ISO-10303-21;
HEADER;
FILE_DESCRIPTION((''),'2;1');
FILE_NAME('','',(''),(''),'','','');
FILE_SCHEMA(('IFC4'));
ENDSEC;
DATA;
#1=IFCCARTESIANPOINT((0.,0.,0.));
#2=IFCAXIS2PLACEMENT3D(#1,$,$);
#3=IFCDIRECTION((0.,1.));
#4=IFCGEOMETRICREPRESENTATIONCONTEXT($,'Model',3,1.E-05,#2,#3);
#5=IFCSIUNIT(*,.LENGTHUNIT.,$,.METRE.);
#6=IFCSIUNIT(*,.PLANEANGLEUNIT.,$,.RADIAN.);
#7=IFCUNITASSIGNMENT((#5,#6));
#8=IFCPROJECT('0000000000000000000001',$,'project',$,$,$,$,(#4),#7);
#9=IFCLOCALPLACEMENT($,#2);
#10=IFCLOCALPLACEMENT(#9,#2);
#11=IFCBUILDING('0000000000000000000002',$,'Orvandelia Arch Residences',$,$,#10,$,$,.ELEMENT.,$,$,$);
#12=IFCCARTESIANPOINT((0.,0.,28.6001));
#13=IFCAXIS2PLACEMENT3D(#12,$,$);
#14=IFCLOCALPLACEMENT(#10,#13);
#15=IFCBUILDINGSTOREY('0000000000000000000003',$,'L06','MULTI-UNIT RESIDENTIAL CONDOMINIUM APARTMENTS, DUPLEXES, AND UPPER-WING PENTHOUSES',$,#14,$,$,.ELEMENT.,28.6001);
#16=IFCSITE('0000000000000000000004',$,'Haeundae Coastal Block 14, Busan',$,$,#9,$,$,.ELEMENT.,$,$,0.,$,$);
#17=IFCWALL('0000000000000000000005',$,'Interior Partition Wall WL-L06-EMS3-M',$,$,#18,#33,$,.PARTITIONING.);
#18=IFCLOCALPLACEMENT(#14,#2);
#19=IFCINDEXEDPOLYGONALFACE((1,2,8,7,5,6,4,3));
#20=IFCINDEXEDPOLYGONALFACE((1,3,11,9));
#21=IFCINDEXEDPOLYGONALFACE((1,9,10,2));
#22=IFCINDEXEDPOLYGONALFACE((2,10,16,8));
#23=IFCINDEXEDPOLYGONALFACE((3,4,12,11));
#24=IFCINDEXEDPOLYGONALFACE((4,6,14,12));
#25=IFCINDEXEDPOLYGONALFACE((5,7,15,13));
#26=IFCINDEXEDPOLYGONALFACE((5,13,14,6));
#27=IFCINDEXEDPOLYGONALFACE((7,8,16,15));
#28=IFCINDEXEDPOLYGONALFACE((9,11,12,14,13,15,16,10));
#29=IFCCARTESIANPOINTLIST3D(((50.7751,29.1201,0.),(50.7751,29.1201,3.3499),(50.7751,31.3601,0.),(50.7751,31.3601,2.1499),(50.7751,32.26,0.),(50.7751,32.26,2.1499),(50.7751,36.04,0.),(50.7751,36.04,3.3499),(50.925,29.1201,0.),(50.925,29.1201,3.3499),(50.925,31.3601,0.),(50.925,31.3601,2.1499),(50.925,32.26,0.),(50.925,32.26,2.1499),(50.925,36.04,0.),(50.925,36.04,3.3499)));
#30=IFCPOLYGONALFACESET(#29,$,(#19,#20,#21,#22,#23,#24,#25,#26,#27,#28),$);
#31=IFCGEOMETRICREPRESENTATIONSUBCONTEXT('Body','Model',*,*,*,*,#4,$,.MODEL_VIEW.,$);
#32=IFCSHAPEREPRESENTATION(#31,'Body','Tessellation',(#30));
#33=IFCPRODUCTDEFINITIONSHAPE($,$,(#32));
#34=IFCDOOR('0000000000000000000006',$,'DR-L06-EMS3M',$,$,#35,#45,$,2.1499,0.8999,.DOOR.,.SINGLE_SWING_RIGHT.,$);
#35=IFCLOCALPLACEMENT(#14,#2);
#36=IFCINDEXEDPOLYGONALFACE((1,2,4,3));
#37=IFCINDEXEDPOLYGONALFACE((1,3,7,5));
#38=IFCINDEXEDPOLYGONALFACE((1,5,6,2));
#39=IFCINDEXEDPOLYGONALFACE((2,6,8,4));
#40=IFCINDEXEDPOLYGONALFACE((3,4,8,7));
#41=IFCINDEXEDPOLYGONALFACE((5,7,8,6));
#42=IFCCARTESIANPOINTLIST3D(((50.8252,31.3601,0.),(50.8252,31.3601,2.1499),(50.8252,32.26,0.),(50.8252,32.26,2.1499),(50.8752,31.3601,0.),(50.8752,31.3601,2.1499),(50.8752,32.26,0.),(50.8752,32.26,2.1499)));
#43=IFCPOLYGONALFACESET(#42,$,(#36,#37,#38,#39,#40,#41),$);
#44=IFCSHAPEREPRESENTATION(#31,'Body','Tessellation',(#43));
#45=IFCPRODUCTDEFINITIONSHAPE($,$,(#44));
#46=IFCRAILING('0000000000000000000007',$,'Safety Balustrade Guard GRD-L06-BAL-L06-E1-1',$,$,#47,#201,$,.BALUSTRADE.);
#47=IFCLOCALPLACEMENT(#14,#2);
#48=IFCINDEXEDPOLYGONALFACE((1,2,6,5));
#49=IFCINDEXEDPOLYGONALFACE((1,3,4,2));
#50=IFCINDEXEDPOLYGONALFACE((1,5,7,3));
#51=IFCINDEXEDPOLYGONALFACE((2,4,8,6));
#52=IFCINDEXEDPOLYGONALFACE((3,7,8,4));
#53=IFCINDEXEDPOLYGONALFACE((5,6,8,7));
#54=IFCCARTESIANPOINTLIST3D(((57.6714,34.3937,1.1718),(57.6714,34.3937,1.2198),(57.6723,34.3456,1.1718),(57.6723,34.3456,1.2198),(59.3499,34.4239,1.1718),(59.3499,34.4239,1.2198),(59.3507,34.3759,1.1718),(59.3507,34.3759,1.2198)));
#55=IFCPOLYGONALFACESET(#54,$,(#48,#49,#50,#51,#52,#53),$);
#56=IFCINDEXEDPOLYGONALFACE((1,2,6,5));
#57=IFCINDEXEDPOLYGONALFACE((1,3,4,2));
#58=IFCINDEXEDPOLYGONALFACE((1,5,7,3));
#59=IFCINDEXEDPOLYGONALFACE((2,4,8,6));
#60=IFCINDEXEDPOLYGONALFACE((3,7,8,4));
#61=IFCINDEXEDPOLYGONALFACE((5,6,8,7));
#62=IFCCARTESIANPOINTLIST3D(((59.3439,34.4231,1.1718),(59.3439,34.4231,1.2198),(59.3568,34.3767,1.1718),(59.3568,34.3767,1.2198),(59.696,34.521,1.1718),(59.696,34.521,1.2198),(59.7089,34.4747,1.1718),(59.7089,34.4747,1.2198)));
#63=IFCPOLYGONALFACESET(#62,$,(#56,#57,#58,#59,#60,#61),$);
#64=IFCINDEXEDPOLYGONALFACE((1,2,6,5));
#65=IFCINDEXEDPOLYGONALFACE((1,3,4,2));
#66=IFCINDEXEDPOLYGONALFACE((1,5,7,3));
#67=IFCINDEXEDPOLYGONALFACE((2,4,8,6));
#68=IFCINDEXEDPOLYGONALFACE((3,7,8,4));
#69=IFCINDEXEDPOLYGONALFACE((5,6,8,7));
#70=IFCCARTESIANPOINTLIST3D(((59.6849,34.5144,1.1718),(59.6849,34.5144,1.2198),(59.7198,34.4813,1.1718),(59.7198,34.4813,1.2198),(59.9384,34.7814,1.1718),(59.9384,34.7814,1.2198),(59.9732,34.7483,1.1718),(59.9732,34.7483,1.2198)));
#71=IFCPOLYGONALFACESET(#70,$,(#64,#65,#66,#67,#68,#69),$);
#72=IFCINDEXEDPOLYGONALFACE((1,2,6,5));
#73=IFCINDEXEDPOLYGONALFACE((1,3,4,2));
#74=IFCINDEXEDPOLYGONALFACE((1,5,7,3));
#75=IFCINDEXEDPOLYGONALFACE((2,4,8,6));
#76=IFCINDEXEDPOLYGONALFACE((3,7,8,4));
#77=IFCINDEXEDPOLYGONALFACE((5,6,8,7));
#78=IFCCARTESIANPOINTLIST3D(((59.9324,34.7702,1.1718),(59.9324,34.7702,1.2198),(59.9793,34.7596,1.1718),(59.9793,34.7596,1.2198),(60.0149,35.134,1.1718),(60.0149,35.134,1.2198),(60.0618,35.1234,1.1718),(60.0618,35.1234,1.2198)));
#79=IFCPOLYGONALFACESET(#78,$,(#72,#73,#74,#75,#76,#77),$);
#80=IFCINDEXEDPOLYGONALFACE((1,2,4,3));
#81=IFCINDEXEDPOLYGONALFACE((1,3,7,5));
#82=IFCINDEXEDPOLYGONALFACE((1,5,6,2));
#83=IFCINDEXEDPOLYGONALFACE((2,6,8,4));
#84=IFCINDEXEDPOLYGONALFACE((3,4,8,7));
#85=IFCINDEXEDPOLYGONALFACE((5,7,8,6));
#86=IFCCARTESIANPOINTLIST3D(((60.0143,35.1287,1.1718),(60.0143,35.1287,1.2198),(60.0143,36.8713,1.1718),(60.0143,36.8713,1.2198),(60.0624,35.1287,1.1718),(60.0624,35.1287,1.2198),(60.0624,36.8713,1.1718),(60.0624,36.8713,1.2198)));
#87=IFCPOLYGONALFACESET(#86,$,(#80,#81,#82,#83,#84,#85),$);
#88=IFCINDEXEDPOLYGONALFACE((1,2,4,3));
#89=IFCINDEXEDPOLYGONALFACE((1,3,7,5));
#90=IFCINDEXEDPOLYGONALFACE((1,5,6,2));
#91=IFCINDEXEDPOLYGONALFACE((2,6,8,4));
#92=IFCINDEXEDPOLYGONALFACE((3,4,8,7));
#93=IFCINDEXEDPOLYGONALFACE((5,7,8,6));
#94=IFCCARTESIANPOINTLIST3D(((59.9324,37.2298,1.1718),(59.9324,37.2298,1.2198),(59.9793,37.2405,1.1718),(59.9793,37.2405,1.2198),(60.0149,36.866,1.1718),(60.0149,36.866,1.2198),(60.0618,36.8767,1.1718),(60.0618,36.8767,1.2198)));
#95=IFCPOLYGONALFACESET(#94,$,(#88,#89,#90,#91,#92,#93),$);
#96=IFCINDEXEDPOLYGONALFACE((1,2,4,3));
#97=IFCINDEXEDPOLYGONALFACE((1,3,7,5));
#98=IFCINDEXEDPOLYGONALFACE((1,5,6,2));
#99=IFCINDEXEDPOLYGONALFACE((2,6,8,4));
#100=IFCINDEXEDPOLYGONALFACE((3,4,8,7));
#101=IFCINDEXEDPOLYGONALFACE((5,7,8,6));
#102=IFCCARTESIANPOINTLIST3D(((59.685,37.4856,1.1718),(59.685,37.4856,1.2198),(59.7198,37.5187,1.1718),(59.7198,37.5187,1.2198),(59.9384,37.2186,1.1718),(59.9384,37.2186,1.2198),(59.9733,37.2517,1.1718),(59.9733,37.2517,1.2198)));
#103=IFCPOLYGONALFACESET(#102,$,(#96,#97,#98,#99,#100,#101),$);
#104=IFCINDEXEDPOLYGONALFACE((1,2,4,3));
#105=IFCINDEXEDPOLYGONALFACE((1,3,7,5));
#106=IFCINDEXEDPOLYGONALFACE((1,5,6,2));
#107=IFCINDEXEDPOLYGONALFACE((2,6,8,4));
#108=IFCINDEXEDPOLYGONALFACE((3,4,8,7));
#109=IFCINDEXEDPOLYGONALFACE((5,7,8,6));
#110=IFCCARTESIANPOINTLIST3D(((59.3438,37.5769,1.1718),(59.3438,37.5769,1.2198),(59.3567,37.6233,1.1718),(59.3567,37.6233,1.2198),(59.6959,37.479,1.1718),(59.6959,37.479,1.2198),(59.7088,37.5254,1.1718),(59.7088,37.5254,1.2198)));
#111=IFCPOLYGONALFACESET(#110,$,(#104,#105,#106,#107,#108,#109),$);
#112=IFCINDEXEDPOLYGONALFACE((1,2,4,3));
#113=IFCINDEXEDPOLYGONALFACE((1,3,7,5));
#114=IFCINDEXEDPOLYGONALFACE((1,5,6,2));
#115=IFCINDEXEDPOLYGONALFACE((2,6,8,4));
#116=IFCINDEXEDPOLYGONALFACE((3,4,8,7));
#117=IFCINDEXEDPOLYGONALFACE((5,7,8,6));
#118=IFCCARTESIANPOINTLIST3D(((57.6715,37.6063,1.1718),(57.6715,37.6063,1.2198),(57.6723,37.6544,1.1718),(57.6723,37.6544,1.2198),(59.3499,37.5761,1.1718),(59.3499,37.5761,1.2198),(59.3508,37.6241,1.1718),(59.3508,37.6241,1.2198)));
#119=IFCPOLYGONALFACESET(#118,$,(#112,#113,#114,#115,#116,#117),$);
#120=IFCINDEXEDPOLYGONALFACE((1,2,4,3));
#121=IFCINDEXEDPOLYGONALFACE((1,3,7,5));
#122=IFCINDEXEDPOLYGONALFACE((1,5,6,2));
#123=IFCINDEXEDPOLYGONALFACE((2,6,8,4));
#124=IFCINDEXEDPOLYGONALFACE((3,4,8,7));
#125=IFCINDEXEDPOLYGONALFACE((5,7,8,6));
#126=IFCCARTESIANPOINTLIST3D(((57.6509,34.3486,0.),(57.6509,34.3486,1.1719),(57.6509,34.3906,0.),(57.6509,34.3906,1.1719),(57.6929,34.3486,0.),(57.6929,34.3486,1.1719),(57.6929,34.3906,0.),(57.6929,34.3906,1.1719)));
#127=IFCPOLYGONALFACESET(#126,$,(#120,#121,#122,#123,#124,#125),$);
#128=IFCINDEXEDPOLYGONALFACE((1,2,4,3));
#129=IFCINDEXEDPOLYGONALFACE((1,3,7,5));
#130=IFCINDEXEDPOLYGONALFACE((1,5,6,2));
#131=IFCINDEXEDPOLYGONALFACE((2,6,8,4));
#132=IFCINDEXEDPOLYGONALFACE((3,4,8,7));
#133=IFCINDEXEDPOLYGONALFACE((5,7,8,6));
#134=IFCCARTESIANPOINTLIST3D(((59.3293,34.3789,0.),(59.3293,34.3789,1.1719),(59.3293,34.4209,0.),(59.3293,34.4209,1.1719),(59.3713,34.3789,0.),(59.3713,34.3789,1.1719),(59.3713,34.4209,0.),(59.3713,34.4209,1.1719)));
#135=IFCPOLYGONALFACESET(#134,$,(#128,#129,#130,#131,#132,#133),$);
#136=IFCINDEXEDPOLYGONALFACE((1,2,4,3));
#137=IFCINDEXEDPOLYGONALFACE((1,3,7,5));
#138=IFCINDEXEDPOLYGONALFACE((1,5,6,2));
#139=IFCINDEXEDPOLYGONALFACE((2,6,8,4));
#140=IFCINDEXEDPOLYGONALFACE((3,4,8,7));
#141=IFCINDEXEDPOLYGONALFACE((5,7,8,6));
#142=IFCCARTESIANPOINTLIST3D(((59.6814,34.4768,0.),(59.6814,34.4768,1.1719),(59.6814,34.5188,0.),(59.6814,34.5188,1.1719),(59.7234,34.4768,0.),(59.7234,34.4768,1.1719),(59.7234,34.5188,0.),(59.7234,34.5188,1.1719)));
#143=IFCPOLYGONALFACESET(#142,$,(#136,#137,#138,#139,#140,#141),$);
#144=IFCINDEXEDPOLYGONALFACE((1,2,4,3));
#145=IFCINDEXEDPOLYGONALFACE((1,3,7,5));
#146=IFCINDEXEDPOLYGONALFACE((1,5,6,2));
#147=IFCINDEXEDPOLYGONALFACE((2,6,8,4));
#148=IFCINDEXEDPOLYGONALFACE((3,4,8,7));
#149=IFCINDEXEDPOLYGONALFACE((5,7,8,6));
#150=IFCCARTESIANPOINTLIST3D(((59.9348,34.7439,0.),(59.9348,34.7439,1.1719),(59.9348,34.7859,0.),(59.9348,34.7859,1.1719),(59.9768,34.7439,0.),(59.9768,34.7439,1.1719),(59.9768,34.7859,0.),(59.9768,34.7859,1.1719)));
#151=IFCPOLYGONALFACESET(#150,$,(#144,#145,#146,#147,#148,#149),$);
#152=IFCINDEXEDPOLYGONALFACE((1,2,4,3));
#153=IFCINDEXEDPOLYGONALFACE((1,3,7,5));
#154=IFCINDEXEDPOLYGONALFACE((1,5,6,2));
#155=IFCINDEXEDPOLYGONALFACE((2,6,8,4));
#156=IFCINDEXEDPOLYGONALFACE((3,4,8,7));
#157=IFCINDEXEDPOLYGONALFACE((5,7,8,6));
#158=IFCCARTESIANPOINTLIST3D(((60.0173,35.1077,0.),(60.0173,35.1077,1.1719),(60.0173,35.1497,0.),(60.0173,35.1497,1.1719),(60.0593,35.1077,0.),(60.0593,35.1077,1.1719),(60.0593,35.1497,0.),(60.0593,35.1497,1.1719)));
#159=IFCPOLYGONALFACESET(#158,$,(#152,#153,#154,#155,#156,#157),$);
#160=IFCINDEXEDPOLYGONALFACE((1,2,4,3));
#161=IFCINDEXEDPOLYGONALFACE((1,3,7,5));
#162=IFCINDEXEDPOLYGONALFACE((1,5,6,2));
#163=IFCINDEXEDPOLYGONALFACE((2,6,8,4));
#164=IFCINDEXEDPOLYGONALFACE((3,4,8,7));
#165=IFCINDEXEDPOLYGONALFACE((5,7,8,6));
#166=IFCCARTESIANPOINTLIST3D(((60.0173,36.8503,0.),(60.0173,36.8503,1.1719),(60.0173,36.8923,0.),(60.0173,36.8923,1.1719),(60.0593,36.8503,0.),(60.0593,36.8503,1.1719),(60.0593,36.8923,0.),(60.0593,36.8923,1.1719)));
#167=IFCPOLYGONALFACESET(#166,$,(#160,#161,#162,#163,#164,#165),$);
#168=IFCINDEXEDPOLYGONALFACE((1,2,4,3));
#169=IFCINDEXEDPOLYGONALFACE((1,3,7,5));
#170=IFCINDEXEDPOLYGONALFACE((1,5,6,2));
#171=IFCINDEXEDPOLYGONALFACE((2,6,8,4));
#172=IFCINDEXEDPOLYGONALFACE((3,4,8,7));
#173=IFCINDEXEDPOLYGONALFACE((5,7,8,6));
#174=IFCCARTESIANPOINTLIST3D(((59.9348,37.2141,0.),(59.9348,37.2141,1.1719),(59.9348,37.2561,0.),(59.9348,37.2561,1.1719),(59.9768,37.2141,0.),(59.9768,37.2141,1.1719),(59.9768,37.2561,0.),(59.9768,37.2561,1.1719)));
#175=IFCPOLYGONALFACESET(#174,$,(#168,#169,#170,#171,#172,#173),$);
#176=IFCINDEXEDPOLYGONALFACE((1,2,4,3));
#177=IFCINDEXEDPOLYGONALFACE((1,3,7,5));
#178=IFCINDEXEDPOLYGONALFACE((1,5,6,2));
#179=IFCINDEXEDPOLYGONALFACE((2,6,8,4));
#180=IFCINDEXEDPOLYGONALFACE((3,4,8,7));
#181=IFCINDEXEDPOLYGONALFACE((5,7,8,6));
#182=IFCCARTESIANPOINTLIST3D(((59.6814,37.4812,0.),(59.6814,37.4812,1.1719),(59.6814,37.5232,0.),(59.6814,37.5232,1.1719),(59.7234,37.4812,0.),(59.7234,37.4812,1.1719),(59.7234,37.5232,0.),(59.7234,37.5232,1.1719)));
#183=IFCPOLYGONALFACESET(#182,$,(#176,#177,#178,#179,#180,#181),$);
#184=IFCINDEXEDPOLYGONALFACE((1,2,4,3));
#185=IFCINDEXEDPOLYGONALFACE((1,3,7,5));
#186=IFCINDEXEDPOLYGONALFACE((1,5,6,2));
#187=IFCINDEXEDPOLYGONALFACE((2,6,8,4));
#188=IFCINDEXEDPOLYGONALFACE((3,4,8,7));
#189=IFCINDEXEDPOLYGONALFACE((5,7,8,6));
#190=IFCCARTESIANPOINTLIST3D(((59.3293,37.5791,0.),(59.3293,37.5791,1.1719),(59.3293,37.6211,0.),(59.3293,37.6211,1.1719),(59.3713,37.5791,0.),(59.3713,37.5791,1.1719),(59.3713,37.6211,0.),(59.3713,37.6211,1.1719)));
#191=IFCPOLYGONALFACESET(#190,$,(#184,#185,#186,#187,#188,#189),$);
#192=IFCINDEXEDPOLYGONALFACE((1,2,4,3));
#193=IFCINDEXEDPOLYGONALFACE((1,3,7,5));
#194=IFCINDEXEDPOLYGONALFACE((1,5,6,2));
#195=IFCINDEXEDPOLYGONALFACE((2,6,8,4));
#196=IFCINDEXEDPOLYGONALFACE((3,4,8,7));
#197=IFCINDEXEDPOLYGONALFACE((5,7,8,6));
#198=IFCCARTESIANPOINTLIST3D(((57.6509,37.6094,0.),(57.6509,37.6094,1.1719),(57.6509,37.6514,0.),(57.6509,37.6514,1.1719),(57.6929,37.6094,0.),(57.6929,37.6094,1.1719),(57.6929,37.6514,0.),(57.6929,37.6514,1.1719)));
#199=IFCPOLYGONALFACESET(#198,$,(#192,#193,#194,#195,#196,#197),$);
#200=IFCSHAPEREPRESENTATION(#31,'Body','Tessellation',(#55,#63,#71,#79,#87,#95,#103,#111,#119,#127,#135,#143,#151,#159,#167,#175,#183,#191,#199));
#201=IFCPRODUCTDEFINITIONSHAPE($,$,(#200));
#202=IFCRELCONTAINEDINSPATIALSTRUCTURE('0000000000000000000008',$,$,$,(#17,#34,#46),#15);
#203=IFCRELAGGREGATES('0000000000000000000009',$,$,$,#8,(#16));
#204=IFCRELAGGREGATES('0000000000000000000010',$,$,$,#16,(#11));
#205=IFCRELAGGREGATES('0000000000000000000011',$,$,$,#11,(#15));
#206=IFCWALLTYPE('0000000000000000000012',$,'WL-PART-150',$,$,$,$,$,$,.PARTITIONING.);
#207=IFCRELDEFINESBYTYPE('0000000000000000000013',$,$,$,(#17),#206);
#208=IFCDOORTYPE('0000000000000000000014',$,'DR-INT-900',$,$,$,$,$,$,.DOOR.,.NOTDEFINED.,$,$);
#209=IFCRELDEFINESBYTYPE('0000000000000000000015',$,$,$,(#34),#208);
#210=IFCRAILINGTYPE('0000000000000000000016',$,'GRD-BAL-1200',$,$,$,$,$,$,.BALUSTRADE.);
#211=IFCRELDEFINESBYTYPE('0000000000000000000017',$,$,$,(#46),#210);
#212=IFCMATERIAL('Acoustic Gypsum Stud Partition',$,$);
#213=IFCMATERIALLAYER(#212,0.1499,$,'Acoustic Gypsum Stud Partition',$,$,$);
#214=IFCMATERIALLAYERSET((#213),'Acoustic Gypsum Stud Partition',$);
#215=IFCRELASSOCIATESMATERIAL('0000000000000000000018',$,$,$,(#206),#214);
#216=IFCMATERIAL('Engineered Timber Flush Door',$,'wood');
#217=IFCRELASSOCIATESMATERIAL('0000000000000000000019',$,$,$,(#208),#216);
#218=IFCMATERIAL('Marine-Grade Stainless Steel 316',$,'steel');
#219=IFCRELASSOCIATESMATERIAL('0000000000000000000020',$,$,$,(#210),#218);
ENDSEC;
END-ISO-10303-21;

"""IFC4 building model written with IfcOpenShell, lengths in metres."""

from ifc_helpers import new_model, si_unit, direction, frame, frame_2d, origin, origin_2d, place, context, subcontext, project, spatial, rectangle, extrude, material, layer, layer_set, type_object, element, fill, save


model = new_model("IFC4")

# Units and contexts
model_context = context("Model", 3, precision=1e-05, world=origin(), true_north=direction((0.0, 1.0)))
body_context = subcontext(model_context, "Body", "Model", "MODEL_VIEW")
ifc_project = project(units=[si_unit("LENGTHUNIT", "METRE"), si_unit("PLANEANGLEUNIT", "RADIAN")], contexts=[model_context])

# Site, building, storey
site_placement = place(None, origin())
site = spatial("IfcSite", under=ifc_project, at=site_placement, Name="Haeundae Coastal Block 14, Busan", CompositionType="ELEMENT", RefElevation=0.0)
building_placement = place(site_placement, origin())
building = spatial("IfcBuilding", under=site, at=building_placement, Name="Orvandelia Arch Residences", CompositionType="ELEMENT")
storey_placement = place(building_placement, frame((0.0, 0.0, 28.6001)))
storey = spatial("IfcBuildingStorey", under=building, at=storey_placement, Name="L06", Description="MULTI-UNIT RESIDENTIAL CONDOMINIUM APARTMENTS, DUPLEXES, AND UPPER-WING PENTHOUSES", CompositionType="ELEMENT", Elevation=28.6001)

# Wall, opening, door
ifc_material_1 = material(Name="Acoustic Gypsum Stud Partition")
ifc_layer_1 = layer(ifc_material_1, 0.1499, Name="Acoustic Gypsum Stud Partition")
ifc_layer_set_1 = layer_set([ifc_layer_1], Name="Acoustic Gypsum Stud Partition")
wall_type_1 = type_object("IfcWallType", Name="WL-PART-150", PredefinedType="PARTITIONING", material=ifc_layer_set_1)
wall_1_placement = place(storey_placement, frame((50.8501, 29.1201, 0.0), z_axis=(0.0, 0.0, 1.0), x_axis=(0.0, 1.0, 0.0)))
wall_1 = element("IfcWall", 1, at=wall_1_placement, inside=storey, type_object=wall_type_1, Name="Interior Partition Wall WL-L06-EMS3-M", PredefinedType="PARTITIONING", context=body_context, shape_type="SweptSolid", body=[
    extrude(rectangle(XDim=6.9199, YDim=0.1499, at=frame_2d((3.46, 0.0))), origin(), (0.0, 0.0, 1.0), 3.3499),
])
opening_1_placement = place(wall_1_placement, frame((2.24, 0.0, 0.0)))
opening_1 = element("IfcOpeningElement", 2, at=opening_1_placement, cuts=wall_1, PredefinedType="OPENING", context=body_context, shape_type="SweptSolid", body=[
    extrude(rectangle(XDim=0.8999, YDim=2.1499, at=frame_2d((0.45, 1.075))), frame((0.0, 0.085, 0.0), z_axis=(0.0, -1.0, 0.0), x_axis=(1.0, 0.0, 0.0)), (0.0, 0.0, 1.0), 0.1699),
])
ifc_material_2 = material(Name="Engineered Timber Flush Door", Category="wood")
door_type = type_object("IfcDoorType", Name="DR-INT-900", OperationType="NOTDEFINED", PredefinedType="DOOR", material=ifc_material_2)
door_placement = place(opening_1_placement, origin())
door = element("IfcDoor", 3, at=door_placement, inside=storey, type_object=door_type, Name="DR-L06-EMS3M", OperationType="SINGLE_SWING_RIGHT", OverallHeight=2.1499, OverallWidth=0.8999, PredefinedType="DOOR", context=body_context, shape_type="SweptSolid", body=[
    extrude(rectangle(XDim=0.8999, YDim=2.1499, at=frame_2d((0.45, 1.075))), frame((0.0, 0.0249, 0.0), z_axis=(0.0, -1.0, 0.0), x_axis=(1.0, 0.0, 0.0)), (0.0, 0.0, 1.0), 0.05),
])
fill(opening_1, door)

# Railing
ifc_material_3 = material(Name="Marine-Grade Stainless Steel 316", Category="steel")
railing_type = type_object("IfcRailingType", Name="GRD-BAL-1200", PredefinedType="BALUSTRADE", material=ifc_material_3)
railing_placement = place(storey_placement, frame((57.6719, 34.3696, 0.0)))
element("IfcRailing", 4, at=railing_placement, inside=storey, type_object=railing_type, Name="Safety Balustrade Guard GRD-L06-BAL-L06-E1-1", PredefinedType="BALUSTRADE", context=body_context, shape_type="SweptSolid", body=[
    extrude(rectangle(XDim=0.0481, YDim=0.0481, at=origin_2d()), frame((0.0, 0.0, 1.1958), z_axis=(0.999837, 0.018033, 0.0), x_axis=(-0.018033, 0.999837, 0.0)), (0.0, 0.0, 1.0), 1.6787),
    extrude(rectangle(XDim=0.0481, YDim=0.0481, at=origin_2d()), frame((1.6785, 0.0303, 1.1958), z_axis=(0.963441, 0.26792, 0.0), x_axis=(-0.26792, 0.963441, 0.0)), (0.0, 0.0, 1.0), 0.3655),
    extrude(rectangle(XDim=0.0481, YDim=0.0481, at=origin_2d()), frame((2.0305, 0.1282, 1.1958), z_axis=(0.688296, 0.72543, 0.0), x_axis=(-0.72543, 0.688296, 0.0)), (0.0, 0.0, 1.0), 0.3682),
    extrude(rectangle(XDim=0.0481, YDim=0.0481, at=origin_2d()), frame((2.2839, 0.3953, 1.1958), z_axis=(0.221225, 0.975223, 0.0), x_axis=(-0.975223, 0.221225, 0.0)), (0.0, 0.0, 1.0), 0.373),
    extrude(rectangle(XDim=0.0481, YDim=0.0481, at=origin_2d()), frame((2.3665, 0.759, 1.1958), z_axis=(0.0, 1.0, 0.0), x_axis=(-1.0, 0.0, 0.0)), (0.0, 0.0, 1.0), 1.7427),
    extrude(rectangle(XDim=0.0481, YDim=0.0481, at=origin_2d()), frame((2.3665, 2.5017, 1.1958), z_axis=(-0.221225, 0.975223, 0.0), x_axis=(-0.975223, -0.221225, 0.0)), (0.0, 0.0, 1.0), 0.373),
    extrude(rectangle(XDim=0.0481, YDim=0.0481, at=origin_2d()), frame((2.2839, 2.8655, 1.1958), z_axis=(-0.688296, 0.72543, 0.0), x_axis=(-0.72543, -0.688296, 0.0)), (0.0, 0.0, 1.0), 0.3682),
    extrude(rectangle(XDim=0.0481, YDim=0.0481, at=origin_2d()), frame((2.0305, 3.1326, 1.1958), z_axis=(-0.963441, 0.26792, 0.0), x_axis=(-0.26792, -0.963441, 0.0)), (0.0, 0.0, 1.0), 0.3655),
    extrude(rectangle(XDim=0.0481, YDim=0.0481, at=origin_2d()), frame((1.6785, 3.2305, 1.1958), z_axis=(-0.999837, 0.018033, 0.0), x_axis=(-0.018033, -0.999837, 0.0)), (0.0, 0.0, 1.0), 1.6787),
    extrude(rectangle(XDim=0.042, YDim=0.042, at=origin_2d()), origin(), (0.0, 0.0, 1.0), 1.1719),
    extrude(rectangle(XDim=0.042, YDim=0.042, at=origin_2d()), frame((1.6785, 0.0303, 0.0)), (0.0, 0.0, 1.0), 1.1719),
    extrude(rectangle(XDim=0.042, YDim=0.042, at=origin_2d()), frame((2.0305, 0.1282, 0.0)), (0.0, 0.0, 1.0), 1.1719),
    extrude(rectangle(XDim=0.042, YDim=0.042, at=origin_2d()), frame((2.2839, 0.3953, 0.0)), (0.0, 0.0, 1.0), 1.1719),
    extrude(rectangle(XDim=0.042, YDim=0.042, at=origin_2d()), frame((2.3665, 0.759, 0.0)), (0.0, 0.0, 1.0), 1.1719),
    extrude(rectangle(XDim=0.042, YDim=0.042, at=origin_2d()), frame((2.3665, 2.5017, 0.0)), (0.0, 0.0, 1.0), 1.1719),
    extrude(rectangle(XDim=0.042, YDim=0.042, at=origin_2d()), frame((2.2839, 2.8655, 0.0)), (0.0, 0.0, 1.0), 1.1719),
    extrude(rectangle(XDim=0.042, YDim=0.042, at=origin_2d()), frame((2.0305, 3.1326, 0.0)), (0.0, 0.0, 1.0), 1.1719),
    extrude(rectangle(XDim=0.042, YDim=0.042, at=origin_2d()), frame((1.6785, 3.2305, 0.0)), (0.0, 0.0, 1.0), 1.1719),
    extrude(rectangle(XDim=0.042, YDim=0.042, at=origin_2d()), frame((0.0, 3.2607, 0.0)), (0.0, 0.0, 1.0), 1.1719),
])

save(model, "model.ifc")
